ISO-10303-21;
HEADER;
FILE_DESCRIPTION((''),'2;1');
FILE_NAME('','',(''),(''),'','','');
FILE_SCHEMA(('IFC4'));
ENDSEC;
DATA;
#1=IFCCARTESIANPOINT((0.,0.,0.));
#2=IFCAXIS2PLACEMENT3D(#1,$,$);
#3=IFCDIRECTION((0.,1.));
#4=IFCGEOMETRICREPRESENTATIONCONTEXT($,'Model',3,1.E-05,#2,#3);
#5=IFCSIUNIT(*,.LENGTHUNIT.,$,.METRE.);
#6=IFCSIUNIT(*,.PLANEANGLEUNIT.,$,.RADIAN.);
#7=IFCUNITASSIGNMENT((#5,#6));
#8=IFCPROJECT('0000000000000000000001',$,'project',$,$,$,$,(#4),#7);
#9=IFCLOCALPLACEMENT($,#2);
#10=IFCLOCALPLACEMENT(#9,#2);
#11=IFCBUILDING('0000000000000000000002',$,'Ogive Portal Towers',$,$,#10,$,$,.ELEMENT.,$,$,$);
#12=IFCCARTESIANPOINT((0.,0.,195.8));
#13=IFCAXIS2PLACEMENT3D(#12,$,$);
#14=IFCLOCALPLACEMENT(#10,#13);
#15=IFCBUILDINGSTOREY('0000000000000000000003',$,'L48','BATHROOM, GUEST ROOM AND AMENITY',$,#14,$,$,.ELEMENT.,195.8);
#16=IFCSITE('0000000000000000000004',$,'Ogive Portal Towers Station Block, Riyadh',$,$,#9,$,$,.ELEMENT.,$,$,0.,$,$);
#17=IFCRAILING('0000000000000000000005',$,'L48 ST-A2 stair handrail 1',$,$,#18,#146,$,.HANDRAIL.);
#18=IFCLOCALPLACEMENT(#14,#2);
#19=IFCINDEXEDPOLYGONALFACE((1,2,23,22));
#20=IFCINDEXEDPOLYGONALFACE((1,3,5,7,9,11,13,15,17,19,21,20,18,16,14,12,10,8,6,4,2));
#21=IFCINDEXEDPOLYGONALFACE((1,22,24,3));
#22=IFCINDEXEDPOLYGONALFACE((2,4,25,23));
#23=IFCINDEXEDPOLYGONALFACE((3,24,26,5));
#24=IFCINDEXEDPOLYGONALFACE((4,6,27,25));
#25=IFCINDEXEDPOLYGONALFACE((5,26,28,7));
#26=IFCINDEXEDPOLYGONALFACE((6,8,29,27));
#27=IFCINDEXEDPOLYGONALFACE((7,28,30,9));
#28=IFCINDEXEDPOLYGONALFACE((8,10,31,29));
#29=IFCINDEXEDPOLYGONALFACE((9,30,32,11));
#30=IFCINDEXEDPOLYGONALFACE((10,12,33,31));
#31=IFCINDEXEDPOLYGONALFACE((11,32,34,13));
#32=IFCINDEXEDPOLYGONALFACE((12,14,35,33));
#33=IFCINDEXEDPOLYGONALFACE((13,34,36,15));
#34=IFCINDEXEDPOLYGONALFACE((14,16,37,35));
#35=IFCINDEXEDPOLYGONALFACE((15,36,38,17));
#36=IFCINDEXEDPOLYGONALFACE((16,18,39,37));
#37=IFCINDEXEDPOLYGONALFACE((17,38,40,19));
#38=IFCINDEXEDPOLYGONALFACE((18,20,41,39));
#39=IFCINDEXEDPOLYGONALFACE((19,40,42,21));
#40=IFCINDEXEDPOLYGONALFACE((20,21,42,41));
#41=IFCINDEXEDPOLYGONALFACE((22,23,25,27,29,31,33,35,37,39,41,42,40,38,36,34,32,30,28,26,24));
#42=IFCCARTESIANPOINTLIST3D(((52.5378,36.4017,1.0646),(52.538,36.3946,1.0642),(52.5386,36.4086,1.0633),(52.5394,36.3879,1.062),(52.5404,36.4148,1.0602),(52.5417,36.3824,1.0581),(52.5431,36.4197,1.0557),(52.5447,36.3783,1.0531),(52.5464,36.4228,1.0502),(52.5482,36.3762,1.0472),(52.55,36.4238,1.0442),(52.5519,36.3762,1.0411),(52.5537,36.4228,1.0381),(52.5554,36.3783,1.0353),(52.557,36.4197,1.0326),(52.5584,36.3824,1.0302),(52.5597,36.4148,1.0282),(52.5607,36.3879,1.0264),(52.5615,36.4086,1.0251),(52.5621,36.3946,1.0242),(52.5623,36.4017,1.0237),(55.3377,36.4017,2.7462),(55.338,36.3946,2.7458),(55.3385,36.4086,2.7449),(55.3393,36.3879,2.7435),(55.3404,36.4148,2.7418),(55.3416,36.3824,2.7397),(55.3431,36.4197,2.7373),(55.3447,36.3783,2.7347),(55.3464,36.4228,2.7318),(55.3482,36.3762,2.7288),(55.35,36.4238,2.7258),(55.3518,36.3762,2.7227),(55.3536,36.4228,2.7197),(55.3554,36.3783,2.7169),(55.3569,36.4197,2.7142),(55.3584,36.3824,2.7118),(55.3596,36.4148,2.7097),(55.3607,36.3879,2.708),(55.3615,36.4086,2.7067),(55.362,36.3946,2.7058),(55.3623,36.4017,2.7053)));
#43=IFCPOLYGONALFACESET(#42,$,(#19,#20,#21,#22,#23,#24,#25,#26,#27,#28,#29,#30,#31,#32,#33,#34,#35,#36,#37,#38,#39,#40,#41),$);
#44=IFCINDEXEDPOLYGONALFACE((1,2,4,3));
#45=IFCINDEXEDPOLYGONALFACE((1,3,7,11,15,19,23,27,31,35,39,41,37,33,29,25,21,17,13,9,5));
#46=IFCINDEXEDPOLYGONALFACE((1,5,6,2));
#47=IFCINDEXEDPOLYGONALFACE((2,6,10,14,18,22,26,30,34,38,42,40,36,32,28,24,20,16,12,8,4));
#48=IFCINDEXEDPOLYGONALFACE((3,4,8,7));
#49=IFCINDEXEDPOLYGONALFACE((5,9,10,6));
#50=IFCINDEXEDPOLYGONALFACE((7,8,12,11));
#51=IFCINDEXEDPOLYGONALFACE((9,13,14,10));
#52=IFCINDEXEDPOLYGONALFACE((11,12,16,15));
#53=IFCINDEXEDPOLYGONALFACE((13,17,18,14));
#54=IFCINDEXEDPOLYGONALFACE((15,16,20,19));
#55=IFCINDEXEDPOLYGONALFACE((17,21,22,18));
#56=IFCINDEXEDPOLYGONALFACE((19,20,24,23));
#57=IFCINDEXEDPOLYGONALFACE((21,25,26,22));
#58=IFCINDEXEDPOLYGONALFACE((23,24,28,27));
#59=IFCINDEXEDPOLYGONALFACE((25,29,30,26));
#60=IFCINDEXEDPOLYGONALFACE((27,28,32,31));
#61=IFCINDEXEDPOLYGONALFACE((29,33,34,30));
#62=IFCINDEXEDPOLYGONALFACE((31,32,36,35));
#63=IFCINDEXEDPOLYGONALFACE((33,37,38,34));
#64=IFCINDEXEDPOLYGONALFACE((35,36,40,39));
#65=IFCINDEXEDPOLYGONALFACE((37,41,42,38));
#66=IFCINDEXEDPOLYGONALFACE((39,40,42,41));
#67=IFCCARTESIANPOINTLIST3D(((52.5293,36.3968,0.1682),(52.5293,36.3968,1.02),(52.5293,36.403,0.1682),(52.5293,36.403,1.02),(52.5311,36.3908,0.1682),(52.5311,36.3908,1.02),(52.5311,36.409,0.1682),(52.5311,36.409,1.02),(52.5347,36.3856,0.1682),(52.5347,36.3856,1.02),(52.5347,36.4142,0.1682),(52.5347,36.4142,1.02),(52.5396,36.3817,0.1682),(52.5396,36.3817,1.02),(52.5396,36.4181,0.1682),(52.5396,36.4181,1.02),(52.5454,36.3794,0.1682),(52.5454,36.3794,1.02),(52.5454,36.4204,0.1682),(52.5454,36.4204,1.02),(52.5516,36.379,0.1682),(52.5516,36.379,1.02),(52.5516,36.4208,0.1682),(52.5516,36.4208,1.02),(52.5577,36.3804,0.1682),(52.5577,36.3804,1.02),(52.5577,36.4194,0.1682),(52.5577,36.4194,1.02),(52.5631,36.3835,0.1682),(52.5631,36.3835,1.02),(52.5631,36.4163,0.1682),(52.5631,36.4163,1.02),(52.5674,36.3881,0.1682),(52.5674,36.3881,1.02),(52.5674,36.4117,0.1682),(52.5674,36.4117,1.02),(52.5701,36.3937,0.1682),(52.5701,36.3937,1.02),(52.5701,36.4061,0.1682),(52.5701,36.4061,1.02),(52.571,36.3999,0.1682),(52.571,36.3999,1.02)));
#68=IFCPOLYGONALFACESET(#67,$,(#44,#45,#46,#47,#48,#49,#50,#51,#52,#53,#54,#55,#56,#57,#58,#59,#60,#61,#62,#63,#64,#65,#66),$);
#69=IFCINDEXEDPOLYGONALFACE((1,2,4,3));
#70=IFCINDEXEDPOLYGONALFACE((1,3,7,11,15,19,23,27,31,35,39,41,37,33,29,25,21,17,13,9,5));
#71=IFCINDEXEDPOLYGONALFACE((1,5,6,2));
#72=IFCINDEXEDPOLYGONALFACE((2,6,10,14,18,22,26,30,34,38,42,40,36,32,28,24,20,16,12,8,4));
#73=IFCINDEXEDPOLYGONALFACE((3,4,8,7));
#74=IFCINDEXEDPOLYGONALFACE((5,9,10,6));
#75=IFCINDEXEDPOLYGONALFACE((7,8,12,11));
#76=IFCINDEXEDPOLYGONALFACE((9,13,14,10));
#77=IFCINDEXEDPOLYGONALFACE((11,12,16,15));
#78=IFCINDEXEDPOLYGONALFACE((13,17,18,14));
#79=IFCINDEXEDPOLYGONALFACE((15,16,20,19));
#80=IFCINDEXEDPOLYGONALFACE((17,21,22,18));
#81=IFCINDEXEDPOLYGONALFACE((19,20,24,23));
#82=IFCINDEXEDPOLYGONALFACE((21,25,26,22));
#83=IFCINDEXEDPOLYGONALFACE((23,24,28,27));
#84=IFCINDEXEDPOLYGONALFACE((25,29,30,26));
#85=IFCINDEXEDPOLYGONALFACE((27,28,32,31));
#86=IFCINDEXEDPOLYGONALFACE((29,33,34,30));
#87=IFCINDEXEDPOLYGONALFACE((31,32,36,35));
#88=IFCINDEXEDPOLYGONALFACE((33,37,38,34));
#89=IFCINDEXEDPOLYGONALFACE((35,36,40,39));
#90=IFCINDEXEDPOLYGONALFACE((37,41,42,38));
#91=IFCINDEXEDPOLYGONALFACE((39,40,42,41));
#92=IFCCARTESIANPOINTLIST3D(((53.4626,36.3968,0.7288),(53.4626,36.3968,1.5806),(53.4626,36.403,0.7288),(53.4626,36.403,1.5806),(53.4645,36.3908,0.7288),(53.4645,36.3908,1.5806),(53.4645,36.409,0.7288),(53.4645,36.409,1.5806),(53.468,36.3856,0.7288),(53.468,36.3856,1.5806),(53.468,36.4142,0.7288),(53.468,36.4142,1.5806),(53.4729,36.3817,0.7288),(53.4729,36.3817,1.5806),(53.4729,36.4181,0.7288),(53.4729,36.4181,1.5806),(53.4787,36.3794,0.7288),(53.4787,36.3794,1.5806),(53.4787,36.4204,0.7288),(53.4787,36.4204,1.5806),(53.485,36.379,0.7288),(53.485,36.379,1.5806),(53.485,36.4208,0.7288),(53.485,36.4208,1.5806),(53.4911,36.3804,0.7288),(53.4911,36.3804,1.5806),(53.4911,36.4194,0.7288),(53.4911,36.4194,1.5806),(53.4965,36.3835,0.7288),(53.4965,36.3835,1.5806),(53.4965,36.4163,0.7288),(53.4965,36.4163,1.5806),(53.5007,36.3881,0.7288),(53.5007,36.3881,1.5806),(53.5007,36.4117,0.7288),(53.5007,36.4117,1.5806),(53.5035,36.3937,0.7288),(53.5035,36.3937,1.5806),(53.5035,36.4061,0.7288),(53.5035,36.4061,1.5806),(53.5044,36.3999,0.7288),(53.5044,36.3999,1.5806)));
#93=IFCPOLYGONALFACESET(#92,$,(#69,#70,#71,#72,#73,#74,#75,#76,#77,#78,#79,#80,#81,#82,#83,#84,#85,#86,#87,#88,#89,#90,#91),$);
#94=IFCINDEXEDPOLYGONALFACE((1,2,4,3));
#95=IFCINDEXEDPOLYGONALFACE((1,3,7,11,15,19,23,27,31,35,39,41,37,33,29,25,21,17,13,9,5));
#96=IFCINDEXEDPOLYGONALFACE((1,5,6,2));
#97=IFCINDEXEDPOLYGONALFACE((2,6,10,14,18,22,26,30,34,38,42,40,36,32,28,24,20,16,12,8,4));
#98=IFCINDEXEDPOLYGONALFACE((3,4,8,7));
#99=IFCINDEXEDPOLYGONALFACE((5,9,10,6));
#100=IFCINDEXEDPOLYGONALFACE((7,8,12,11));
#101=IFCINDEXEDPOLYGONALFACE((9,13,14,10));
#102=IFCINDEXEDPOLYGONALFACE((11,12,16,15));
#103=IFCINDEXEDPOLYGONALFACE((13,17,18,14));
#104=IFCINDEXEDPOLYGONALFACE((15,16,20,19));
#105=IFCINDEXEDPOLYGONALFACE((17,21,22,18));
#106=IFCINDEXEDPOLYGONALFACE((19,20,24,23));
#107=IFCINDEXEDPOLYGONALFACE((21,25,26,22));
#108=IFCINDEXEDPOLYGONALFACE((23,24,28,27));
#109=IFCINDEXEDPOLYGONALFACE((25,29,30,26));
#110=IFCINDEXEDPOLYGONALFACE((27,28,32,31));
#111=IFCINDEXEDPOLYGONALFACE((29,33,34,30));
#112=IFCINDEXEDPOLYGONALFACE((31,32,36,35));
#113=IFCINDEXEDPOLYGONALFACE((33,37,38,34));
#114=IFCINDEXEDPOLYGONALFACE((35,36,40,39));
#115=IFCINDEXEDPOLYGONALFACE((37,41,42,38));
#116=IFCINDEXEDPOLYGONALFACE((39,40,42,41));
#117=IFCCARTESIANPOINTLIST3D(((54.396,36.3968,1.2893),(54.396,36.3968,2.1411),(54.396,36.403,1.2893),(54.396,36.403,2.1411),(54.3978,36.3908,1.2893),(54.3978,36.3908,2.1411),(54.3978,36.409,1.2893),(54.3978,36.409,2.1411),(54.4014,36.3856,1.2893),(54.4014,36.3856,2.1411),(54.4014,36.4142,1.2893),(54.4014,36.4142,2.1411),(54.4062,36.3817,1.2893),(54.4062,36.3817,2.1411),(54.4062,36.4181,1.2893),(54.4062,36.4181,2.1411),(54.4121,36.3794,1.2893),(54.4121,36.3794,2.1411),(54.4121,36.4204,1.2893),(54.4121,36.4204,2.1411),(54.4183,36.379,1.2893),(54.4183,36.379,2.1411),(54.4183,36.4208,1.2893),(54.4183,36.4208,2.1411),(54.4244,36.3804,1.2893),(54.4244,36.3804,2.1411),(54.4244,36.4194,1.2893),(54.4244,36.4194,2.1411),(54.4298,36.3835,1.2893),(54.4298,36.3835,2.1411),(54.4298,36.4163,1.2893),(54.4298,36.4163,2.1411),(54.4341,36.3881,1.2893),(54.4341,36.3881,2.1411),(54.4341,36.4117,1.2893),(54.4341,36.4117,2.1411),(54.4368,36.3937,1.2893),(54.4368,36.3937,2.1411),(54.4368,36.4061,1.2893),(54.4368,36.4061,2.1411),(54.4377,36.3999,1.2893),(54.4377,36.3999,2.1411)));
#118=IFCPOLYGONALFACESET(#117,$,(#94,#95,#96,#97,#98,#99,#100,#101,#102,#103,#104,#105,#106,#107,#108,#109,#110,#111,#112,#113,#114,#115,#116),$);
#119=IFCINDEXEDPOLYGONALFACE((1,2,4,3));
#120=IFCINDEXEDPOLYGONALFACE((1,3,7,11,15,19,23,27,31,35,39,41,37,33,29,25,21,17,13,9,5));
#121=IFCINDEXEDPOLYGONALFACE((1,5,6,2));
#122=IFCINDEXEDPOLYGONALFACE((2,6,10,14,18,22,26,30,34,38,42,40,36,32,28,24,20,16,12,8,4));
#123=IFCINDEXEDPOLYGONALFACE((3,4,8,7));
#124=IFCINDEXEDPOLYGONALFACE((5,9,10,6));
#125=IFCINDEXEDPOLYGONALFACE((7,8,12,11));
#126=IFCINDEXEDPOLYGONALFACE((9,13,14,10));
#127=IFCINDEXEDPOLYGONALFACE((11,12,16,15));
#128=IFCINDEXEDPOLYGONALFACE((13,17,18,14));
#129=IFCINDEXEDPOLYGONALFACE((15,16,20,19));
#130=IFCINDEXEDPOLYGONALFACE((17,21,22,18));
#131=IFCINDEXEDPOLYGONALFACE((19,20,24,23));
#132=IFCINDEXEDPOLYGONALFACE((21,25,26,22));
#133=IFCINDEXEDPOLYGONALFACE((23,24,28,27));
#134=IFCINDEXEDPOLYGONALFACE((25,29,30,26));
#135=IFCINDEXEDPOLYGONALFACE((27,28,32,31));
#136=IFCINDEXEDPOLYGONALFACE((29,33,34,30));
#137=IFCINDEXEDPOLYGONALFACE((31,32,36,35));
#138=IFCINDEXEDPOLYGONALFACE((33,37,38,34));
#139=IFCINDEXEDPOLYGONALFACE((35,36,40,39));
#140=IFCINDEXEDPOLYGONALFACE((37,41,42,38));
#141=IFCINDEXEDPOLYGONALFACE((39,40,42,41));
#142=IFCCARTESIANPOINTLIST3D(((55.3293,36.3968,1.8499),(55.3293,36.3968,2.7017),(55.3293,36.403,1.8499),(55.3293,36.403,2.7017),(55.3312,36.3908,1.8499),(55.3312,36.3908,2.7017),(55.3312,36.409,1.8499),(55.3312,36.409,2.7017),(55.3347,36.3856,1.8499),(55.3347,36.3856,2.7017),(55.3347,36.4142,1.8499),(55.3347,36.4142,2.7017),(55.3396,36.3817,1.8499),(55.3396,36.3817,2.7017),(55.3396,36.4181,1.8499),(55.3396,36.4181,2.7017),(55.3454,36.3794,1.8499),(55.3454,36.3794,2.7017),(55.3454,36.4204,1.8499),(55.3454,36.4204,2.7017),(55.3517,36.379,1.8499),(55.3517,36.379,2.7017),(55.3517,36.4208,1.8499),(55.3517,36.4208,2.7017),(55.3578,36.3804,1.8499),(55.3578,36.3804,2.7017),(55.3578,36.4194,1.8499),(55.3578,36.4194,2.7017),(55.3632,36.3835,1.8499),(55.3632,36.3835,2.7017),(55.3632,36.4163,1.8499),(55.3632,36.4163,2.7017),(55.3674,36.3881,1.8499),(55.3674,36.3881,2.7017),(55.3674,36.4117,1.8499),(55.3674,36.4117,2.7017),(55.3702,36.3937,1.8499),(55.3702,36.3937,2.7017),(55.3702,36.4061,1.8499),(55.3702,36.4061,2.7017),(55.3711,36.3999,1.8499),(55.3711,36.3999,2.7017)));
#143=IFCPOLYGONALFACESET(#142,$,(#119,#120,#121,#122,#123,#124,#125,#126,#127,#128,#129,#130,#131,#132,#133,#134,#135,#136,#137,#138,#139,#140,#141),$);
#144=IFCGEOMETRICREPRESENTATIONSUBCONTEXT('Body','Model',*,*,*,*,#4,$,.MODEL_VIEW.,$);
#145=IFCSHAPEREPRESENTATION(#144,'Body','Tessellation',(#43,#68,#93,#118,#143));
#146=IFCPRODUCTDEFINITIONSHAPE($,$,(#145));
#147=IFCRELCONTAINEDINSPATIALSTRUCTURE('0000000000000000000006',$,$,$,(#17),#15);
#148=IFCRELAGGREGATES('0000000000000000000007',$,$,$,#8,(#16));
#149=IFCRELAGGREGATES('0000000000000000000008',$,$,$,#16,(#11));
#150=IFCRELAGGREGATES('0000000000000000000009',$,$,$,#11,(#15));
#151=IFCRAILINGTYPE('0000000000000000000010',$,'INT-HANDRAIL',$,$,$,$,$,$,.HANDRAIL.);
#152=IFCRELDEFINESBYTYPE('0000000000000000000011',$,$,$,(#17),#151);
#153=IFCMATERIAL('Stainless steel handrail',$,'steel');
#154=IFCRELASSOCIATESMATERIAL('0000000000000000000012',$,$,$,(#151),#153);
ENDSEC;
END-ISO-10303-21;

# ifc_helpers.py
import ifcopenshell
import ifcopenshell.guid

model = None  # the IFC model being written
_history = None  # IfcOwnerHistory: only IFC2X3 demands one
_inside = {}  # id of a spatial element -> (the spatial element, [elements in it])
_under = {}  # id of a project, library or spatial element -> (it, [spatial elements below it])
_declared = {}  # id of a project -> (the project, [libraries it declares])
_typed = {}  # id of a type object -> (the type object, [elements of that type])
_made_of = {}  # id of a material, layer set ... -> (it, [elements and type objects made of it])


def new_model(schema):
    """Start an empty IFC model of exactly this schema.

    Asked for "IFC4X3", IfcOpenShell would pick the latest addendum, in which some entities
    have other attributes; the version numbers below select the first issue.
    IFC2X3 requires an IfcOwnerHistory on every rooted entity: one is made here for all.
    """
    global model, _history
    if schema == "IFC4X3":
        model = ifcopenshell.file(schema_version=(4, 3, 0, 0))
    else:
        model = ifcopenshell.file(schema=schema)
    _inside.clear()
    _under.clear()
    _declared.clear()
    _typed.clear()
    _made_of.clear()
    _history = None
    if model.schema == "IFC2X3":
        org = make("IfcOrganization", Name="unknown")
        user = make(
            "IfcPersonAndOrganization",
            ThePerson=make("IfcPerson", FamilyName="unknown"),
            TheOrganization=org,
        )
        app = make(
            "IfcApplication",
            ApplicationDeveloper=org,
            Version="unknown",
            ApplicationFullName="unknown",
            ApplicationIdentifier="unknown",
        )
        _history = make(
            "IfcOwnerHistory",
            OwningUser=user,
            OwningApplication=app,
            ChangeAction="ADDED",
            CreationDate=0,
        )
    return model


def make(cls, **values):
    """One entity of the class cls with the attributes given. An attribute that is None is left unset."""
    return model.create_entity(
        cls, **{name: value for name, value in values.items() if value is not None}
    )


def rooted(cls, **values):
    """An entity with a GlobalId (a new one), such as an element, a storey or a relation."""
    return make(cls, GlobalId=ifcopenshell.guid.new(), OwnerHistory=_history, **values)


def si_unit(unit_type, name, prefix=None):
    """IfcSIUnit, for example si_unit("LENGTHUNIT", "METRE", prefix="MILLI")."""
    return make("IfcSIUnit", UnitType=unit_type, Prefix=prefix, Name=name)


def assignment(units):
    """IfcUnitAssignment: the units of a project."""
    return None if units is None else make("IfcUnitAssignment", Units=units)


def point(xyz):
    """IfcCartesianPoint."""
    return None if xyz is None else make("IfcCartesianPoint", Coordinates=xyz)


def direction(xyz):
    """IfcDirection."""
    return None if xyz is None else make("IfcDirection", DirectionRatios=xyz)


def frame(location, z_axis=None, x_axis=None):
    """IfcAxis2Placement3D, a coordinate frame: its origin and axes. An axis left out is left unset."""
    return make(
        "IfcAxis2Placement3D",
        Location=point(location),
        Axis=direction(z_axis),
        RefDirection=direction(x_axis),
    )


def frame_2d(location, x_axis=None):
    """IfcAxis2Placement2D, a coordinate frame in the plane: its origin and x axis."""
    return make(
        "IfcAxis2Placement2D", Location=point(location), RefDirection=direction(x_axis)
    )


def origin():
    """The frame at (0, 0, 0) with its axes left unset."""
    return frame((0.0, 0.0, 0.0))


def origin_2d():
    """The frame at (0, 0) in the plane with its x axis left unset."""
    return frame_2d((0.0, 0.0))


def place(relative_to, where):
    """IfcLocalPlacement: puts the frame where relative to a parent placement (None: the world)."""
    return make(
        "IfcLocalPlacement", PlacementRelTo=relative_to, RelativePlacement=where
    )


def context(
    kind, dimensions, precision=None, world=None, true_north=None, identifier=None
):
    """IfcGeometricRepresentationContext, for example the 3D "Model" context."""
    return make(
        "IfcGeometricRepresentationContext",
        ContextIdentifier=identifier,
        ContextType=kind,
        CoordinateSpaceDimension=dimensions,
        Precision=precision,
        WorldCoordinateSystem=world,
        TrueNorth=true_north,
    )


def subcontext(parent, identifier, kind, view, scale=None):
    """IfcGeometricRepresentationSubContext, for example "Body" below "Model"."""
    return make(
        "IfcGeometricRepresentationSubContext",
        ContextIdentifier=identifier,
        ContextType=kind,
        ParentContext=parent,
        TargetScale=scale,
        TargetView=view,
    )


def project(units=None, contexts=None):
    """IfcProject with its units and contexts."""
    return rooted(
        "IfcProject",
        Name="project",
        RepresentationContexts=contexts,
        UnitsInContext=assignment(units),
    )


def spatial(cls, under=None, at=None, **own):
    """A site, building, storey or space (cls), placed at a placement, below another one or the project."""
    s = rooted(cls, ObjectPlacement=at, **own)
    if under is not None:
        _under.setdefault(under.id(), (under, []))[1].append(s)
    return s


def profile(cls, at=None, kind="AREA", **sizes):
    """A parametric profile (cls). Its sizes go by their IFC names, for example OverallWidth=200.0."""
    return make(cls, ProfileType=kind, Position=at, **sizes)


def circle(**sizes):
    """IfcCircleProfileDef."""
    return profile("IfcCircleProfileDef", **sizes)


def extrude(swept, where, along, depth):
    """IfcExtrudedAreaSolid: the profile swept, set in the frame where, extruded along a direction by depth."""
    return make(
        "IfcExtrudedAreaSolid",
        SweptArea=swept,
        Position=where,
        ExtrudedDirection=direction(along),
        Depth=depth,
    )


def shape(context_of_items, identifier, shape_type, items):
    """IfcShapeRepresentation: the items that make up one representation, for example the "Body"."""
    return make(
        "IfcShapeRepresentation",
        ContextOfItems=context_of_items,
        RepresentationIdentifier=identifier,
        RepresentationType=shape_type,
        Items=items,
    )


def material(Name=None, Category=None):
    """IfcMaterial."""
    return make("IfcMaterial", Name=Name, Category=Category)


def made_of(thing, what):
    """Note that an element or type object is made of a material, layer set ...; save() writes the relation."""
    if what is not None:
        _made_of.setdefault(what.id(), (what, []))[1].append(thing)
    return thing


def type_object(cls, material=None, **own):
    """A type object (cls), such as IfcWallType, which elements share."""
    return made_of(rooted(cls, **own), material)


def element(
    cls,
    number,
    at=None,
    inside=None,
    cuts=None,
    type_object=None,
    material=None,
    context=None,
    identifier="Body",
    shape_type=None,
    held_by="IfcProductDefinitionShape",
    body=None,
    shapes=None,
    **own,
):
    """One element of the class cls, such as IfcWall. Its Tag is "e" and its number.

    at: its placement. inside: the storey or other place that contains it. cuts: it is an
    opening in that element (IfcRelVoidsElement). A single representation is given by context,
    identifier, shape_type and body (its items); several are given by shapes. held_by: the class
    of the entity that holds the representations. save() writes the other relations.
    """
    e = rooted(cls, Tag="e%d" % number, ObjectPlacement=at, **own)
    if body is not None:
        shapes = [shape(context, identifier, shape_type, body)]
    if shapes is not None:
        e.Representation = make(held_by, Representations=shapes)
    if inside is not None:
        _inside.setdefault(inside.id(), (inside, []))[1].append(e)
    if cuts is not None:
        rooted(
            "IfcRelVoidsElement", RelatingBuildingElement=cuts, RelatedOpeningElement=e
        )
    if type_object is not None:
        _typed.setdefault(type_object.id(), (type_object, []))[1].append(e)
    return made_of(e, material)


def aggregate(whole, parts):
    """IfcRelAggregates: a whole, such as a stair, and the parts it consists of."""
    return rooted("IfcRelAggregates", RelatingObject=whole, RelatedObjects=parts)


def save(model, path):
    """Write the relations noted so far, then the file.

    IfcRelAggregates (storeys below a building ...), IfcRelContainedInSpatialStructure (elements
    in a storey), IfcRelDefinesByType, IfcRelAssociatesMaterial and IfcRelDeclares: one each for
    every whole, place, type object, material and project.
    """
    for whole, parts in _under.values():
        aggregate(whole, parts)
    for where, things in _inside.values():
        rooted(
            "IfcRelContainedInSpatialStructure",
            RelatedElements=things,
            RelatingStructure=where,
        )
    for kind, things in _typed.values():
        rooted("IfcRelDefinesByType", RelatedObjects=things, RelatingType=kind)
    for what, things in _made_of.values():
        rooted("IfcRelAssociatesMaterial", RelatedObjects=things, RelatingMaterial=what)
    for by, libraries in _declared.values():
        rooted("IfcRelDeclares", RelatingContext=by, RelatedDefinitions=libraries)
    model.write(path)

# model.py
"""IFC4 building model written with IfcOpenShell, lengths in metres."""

from ifc_helpers import new_model, si_unit, direction, frame, origin, origin_2d, place, context, subcontext, project, spatial, circle, extrude, material, type_object, element, save


model = new_model("IFC4")

# Units and contexts
model_context = context("Model", 3, precision=1e-05, world=origin(), true_north=direction((0.0, 1.0)))
body_context = subcontext(model_context, "Body", "Model", "MODEL_VIEW")
ifc_project = project(units=[si_unit("LENGTHUNIT", "METRE"), si_unit("PLANEANGLEUNIT", "RADIAN")], contexts=[model_context])

# Site, building, storey
site_placement = place(None, origin())
site = spatial("IfcSite", under=ifc_project, at=site_placement, Name="Ogive Portal Towers Station Block, Riyadh", CompositionType="ELEMENT", RefElevation=0.0)
building_placement = place(site_placement, origin())
building = spatial("IfcBuilding", under=site, at=building_placement, Name="Ogive Portal Towers", CompositionType="ELEMENT")
storey_placement = place(building_placement, frame((0.0, 0.0, 195.8)))
storey = spatial("IfcBuildingStorey", under=building, at=storey_placement, Name="L48", Description="BATHROOM, GUEST ROOM AND AMENITY", CompositionType="ELEMENT", Elevation=195.8)

# Railing
ifc_material_1 = material(Name="Stainless steel handrail", Category="steel")
railing_type_1 = type_object("IfcRailingType", Name="INT-HANDRAIL", PredefinedType="HANDRAIL", material=ifc_material_1)
railing_1_placement = place(storey_placement, frame((52.55, 36.3999, 0.1682)))
element("IfcRailing", 1, at=railing_1_placement, inside=storey, type_object=railing_type_1, Name="L48 ST-A2 stair handrail 1", PredefinedType="HANDRAIL", context=body_context, shape_type="SweptSolid", body=[
    extrude(circle(Radius=0.0239, at=origin_2d()), frame((0.0, 0.0, 0.876), z_axis=(0.857275, 0.0, 0.514858), x_axis=(0.0, 1.0, 0.0)), (0.0, 0.0, 1.0), 3.2661),
    extrude(circle(Radius=0.021, at=origin_2d()), origin(), (0.0, 0.0, 1.0), 0.8518),
    extrude(circle(Radius=0.021, at=origin_2d()), frame((0.9333, 0.0, 0.5605)), (0.0, 0.0, 1.0), 0.8518),
    extrude(circle(Radius=0.021, at=origin_2d()), frame((1.8667, 0.0, 1.1211)), (0.0, 0.0, 1.0), 0.8518),
    extrude(circle(Radius=0.021, at=origin_2d()), frame((2.8, 0.0, 1.6816)), (0.0, 0.0, 1.0), 0.8518),
])

save(model, "model.ifc")
